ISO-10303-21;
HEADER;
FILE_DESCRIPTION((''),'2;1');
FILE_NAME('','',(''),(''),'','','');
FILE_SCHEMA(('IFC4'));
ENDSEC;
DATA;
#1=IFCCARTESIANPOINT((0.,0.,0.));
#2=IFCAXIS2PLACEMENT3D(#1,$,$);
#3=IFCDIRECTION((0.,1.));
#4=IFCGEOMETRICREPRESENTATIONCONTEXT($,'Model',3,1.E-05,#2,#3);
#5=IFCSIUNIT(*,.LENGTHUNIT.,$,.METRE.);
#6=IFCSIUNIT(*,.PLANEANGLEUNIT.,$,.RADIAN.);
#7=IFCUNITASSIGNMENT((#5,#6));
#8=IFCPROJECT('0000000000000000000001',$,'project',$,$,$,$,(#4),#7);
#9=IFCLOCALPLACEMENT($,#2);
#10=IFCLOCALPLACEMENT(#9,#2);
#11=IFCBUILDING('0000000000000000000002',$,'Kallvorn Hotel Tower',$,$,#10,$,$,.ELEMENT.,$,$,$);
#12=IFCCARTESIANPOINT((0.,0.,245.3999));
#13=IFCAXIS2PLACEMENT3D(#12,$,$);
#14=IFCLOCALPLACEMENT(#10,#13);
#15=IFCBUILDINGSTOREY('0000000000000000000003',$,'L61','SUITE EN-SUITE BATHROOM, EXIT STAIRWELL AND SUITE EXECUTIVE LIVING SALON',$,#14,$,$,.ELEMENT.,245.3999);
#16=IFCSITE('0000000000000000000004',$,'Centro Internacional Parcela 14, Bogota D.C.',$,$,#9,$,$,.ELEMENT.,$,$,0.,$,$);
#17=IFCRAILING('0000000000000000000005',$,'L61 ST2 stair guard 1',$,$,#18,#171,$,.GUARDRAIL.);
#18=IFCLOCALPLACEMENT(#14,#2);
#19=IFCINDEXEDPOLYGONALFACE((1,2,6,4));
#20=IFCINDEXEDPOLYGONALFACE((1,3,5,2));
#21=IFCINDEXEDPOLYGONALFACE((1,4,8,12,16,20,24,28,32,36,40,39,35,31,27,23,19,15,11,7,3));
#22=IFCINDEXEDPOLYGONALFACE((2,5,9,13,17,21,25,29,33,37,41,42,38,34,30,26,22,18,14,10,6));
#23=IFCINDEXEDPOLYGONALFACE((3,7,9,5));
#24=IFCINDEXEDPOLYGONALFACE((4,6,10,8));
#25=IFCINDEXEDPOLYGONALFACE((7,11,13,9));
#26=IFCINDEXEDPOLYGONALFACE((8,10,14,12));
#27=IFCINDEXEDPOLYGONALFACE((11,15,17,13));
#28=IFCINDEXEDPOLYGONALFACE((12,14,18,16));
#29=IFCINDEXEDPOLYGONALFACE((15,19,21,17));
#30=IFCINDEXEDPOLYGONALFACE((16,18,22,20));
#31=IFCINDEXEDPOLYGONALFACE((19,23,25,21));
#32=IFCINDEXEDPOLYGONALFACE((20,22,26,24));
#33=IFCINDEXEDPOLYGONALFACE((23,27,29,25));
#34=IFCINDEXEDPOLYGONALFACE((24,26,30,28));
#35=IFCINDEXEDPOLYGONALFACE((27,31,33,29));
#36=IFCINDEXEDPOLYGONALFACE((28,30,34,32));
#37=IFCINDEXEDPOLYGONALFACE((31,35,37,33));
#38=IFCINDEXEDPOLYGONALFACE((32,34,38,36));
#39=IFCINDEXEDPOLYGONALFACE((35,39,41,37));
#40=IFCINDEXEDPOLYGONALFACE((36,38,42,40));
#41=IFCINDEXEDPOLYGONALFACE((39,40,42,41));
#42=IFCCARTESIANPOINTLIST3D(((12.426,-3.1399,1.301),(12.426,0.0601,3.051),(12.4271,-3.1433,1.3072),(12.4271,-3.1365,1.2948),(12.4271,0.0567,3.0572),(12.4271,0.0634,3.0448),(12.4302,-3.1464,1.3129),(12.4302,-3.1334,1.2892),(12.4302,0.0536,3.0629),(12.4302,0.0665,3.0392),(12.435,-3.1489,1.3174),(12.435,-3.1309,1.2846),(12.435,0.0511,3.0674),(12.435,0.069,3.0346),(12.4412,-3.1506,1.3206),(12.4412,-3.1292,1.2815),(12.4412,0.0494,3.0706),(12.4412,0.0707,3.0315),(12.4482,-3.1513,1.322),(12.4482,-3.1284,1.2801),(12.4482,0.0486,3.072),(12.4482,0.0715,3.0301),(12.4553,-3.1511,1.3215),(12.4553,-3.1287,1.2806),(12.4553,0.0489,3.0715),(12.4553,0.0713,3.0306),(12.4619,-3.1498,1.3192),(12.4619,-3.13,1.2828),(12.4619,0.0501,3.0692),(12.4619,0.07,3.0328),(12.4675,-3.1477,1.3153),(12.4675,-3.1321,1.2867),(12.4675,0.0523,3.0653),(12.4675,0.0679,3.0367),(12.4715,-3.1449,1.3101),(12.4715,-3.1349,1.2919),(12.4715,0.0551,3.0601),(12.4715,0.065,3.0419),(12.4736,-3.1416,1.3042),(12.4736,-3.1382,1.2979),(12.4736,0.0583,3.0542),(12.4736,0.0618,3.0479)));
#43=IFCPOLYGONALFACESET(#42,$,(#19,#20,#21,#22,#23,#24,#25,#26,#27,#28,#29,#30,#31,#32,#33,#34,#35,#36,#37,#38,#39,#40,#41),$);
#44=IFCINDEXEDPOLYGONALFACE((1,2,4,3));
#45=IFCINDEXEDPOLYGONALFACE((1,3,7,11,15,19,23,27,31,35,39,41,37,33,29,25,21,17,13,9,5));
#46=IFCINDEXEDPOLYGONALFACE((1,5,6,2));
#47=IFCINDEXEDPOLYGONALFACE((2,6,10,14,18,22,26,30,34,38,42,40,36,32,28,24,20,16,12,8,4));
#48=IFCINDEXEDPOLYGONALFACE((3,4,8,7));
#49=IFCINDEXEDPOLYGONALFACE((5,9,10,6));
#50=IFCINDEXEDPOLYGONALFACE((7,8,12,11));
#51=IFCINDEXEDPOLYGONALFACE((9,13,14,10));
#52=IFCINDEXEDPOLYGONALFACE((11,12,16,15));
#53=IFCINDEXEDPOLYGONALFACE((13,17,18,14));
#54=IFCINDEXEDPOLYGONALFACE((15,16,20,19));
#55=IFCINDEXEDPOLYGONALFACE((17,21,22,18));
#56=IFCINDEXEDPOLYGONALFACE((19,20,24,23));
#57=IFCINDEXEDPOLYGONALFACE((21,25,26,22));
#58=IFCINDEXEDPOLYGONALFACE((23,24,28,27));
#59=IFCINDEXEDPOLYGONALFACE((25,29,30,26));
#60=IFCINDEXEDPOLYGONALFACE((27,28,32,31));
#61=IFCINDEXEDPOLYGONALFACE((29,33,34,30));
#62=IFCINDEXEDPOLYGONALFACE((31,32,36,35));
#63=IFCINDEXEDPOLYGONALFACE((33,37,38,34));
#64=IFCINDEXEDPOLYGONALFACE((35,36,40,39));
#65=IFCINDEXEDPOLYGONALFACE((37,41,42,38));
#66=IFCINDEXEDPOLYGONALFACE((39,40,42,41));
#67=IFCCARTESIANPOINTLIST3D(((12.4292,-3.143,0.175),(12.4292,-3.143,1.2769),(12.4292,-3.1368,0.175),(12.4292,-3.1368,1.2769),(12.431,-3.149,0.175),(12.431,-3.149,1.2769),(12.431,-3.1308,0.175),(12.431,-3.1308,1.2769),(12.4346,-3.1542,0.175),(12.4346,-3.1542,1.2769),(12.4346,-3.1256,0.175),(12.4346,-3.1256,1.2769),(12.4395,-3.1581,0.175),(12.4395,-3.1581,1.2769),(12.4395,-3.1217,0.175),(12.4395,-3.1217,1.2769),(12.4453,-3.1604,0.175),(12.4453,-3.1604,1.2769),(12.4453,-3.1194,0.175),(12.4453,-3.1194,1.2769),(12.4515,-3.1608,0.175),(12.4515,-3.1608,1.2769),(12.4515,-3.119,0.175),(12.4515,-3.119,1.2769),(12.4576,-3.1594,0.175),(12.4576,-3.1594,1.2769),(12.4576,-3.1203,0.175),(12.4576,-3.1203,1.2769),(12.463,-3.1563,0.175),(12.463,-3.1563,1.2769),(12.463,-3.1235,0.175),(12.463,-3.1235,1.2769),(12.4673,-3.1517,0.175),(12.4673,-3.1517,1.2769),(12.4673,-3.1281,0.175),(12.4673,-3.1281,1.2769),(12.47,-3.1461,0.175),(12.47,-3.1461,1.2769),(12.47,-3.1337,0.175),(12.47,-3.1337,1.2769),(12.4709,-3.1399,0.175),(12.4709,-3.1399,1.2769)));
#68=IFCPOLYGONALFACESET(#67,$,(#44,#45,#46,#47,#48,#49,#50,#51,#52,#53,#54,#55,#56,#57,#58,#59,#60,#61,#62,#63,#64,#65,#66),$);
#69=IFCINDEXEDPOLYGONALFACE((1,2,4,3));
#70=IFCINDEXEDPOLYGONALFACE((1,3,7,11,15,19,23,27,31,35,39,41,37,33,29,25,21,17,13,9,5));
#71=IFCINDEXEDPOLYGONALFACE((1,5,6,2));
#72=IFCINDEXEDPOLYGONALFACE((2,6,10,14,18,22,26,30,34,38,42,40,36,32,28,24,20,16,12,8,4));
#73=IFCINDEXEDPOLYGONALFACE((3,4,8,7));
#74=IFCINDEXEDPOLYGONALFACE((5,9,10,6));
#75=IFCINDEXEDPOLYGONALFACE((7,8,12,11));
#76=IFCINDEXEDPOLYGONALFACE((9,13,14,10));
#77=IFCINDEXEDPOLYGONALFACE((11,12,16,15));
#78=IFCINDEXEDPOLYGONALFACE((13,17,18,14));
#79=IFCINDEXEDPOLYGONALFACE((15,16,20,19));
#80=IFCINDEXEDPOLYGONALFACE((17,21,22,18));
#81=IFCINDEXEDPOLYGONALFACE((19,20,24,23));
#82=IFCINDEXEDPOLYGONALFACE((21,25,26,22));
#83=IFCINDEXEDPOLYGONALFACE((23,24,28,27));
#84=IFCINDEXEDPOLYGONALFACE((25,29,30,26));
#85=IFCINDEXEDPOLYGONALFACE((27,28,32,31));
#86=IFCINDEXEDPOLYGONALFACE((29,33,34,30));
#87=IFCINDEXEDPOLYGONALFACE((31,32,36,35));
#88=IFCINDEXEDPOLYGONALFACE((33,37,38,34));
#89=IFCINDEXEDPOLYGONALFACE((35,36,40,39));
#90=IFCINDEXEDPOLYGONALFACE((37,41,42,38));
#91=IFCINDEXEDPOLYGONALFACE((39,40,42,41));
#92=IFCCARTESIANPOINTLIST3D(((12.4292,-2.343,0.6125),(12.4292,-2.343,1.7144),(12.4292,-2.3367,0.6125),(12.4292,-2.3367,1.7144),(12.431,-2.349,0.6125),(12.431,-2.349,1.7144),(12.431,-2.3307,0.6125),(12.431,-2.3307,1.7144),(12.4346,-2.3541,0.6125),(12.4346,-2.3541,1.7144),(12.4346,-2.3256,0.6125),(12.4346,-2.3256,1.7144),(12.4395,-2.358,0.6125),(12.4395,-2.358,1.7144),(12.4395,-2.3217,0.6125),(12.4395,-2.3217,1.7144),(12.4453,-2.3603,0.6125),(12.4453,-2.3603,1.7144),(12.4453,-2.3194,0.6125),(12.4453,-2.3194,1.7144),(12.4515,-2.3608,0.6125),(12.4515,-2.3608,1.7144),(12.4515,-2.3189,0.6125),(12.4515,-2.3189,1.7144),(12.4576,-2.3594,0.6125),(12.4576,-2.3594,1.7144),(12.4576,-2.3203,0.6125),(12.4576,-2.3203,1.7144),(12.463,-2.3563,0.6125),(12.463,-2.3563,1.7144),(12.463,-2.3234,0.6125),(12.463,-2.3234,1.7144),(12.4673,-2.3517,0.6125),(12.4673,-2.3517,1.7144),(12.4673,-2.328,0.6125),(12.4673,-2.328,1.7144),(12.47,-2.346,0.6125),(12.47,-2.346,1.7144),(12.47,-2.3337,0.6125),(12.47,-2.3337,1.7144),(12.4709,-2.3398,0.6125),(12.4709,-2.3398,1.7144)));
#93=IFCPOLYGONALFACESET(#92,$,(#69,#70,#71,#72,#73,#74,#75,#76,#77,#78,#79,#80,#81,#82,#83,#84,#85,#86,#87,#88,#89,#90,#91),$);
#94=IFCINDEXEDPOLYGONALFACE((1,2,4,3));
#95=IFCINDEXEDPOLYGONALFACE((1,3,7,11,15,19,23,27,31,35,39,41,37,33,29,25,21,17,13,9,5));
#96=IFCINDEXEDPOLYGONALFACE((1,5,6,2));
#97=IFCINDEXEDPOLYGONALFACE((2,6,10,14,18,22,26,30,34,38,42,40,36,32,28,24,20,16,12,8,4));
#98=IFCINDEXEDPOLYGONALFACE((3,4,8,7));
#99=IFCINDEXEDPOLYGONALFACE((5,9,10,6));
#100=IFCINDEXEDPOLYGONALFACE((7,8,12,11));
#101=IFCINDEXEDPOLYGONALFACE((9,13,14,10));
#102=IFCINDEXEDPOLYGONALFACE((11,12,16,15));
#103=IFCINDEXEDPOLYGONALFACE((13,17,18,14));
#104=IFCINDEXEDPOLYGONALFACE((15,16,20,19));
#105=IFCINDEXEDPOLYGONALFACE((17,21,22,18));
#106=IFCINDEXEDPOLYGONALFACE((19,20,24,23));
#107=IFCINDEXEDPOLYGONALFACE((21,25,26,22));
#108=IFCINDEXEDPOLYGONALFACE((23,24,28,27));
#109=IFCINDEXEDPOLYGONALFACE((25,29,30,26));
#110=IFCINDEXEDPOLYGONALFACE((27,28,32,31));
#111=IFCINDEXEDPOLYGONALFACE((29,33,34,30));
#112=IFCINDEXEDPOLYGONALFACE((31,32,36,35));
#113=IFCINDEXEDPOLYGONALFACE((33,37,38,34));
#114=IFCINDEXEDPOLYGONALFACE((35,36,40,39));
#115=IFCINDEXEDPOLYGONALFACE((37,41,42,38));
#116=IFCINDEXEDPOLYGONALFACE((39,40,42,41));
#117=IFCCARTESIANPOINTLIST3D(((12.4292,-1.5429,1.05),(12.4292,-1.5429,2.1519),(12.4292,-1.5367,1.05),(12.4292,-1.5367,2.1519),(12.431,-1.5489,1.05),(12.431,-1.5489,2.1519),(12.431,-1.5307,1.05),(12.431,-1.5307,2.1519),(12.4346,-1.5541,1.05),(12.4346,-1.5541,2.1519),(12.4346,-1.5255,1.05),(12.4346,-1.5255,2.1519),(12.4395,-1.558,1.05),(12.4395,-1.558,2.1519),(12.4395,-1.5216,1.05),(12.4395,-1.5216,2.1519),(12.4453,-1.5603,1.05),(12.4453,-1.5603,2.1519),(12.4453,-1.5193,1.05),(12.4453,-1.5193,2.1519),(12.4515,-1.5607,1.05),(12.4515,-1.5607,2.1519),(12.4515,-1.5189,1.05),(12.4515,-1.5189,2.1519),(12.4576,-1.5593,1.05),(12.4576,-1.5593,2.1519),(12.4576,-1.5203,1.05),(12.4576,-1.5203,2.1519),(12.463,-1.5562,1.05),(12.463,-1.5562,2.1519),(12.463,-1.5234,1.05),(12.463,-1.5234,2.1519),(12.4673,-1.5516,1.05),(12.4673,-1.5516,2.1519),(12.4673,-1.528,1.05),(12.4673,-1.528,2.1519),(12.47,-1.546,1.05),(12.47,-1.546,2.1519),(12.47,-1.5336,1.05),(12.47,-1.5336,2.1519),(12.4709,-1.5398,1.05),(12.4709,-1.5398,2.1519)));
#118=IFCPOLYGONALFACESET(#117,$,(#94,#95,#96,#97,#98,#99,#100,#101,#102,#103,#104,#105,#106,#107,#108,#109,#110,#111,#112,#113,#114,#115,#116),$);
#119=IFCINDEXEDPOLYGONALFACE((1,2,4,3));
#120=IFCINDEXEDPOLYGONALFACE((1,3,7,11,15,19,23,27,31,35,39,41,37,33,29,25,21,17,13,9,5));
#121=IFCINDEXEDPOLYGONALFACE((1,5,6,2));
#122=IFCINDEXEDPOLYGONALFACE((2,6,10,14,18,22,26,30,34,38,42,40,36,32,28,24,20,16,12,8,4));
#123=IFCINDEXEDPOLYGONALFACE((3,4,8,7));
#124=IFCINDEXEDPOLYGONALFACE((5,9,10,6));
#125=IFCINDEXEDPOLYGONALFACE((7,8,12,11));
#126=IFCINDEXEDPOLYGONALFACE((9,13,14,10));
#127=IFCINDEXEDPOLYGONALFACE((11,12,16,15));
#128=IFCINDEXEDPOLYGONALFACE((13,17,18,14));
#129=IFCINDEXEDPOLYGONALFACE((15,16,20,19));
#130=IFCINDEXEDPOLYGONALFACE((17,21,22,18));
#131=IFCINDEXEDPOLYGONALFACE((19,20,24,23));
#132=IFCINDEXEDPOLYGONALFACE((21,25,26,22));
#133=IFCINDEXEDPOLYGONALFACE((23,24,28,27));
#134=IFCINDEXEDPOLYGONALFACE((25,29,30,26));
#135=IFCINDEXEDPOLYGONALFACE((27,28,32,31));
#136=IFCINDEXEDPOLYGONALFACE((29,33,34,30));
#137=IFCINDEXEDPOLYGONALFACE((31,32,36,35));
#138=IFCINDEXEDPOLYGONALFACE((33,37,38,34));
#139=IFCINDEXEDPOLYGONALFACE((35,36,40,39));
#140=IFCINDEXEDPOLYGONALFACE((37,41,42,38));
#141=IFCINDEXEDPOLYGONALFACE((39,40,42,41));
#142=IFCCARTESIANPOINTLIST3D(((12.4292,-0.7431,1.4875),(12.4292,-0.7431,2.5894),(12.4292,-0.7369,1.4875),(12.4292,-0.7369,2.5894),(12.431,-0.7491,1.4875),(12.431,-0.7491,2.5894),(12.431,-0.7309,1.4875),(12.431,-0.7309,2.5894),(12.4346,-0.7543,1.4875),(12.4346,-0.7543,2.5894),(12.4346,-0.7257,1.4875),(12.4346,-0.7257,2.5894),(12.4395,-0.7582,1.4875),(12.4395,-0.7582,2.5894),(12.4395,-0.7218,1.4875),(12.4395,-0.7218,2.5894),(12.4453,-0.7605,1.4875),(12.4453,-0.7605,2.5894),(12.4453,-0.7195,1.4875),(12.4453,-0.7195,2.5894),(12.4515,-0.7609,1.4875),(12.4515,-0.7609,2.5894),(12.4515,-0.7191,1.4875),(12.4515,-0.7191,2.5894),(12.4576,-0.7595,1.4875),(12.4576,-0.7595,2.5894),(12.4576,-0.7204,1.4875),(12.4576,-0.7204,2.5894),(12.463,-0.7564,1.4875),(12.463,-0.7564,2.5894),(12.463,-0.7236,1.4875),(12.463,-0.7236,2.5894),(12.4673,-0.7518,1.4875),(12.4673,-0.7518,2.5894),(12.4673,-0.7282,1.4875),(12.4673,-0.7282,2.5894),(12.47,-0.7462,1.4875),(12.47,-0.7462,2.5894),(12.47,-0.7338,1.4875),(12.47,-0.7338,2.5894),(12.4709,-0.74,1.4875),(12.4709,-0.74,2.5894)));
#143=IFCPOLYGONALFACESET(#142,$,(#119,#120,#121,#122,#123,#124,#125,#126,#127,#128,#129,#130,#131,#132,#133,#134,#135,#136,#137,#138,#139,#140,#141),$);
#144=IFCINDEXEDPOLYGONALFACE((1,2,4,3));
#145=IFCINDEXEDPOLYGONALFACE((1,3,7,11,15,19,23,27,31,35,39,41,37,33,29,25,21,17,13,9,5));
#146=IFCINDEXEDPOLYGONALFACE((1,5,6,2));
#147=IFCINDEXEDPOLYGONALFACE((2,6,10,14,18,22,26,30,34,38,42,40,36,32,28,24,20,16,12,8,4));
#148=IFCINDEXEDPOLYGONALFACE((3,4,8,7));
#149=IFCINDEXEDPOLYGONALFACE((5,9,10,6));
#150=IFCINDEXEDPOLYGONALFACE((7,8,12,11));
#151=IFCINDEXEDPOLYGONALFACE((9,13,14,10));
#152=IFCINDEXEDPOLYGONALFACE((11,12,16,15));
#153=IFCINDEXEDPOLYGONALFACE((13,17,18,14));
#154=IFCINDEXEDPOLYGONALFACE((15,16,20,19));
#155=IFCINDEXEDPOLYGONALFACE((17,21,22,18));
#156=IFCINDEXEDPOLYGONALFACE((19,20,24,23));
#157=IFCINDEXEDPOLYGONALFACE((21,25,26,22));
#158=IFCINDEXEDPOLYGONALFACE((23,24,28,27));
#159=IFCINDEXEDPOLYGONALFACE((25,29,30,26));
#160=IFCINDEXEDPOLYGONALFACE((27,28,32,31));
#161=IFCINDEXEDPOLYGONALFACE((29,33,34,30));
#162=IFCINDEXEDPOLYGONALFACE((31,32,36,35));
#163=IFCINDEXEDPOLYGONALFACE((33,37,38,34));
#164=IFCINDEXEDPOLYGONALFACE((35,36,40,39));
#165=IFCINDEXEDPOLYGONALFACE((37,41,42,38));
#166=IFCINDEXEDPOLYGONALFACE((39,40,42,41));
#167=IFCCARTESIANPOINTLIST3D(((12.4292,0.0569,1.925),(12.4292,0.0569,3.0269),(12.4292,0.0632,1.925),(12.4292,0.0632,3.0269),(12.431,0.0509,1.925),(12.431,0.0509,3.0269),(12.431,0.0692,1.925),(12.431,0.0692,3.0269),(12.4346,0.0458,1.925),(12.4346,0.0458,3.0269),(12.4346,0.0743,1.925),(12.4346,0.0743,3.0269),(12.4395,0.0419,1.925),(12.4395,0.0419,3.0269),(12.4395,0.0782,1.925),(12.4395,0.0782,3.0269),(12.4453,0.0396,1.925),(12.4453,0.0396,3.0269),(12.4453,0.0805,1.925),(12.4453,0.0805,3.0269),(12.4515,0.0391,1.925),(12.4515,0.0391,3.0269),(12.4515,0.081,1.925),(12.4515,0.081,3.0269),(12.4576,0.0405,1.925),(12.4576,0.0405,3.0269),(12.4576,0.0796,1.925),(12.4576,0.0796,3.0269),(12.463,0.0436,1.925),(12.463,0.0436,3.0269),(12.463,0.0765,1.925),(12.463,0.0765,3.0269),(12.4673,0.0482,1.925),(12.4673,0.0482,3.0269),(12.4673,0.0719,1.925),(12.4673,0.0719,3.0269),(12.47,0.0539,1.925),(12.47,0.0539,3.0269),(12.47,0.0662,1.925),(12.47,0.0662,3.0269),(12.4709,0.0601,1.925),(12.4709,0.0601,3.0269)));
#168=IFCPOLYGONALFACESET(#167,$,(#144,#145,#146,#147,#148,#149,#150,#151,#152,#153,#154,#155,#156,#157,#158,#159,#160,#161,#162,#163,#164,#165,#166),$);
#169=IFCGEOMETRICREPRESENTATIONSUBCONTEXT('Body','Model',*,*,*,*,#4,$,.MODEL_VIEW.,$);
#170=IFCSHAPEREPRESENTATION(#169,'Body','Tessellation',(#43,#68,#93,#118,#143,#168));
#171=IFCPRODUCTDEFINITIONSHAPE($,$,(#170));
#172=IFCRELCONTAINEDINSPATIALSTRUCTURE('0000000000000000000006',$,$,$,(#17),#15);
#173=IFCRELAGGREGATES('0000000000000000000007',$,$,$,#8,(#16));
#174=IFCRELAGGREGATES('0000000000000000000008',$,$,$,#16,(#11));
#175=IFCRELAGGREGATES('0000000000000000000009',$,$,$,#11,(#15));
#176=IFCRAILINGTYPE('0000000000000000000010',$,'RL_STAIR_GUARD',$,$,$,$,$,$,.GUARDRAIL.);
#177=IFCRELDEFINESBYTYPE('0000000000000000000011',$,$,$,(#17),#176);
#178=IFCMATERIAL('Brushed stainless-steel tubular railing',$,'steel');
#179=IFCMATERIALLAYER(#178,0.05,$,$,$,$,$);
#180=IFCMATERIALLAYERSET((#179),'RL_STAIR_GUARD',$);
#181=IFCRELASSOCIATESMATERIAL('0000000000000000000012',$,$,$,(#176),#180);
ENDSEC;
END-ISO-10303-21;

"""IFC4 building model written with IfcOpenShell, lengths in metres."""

from ifc_helpers import new_model, si_unit, direction, frame, origin, origin_2d, place, context, subcontext, project, spatial, circle, extrude, material, layer, layer_set, type_object, element, save


model = new_model("IFC4")

# Units and contexts
model_context = context("Model", 3, precision=1e-05, world=origin(), true_north=direction((0.0, 1.0)))
body_context = subcontext(model_context, "Body", "Model", "MODEL_VIEW")
ifc_project = project(units=[si_unit("LENGTHUNIT", "METRE"), si_unit("PLANEANGLEUNIT", "RADIAN")], contexts=[model_context])

# Site, building, storey
site_placement = place(None, origin())
site = spatial("IfcSite", under=ifc_project, at=site_placement, Name="Centro Internacional Parcela 14, Bogota D.C.", CompositionType="ELEMENT", RefElevation=0.0)
building_placement = place(site_placement, origin())
building = spatial("IfcBuilding", under=site, at=building_placement, Name="Kallvorn Hotel Tower", CompositionType="ELEMENT")
storey_placement = place(building_placement, frame((0.0, 0.0, 245.3999)))
storey = spatial("IfcBuildingStorey", under=building, at=storey_placement, Name="L61", Description="SUITE EN-SUITE BATHROOM, EXIT STAIRWELL AND SUITE EXECUTIVE LIVING SALON", CompositionType="ELEMENT", Elevation=245.3999)

# Railing
ifc_material_1 = material(Name="Brushed stainless-steel tubular railing", Category="steel")
ifc_layer_1 = layer(ifc_material_1, 0.05)
ifc_layer_set_1 = layer_set([ifc_layer_1], Name="RL_STAIR_GUARD")
railing_type_1 = type_object("IfcRailingType", Name="RL_STAIR_GUARD", PredefinedType="GUARDRAIL", material=ifc_layer_set_1)
railing_1_placement = place(storey_placement, frame((12.45, -3.1399, 0.175)))
element("IfcRailing", 1, at=railing_1_placement, inside=storey, type_object=railing_type_1, Name="L61 ST2 stair guard 1", PredefinedType="GUARDRAIL", context=body_context, shape_type="SweptSolid", body=[
    extrude(circle(Radius=0.0239, at=origin_2d()), frame((0.0, 0.0, 1.126), z_axis=(0.0, 0.877368, 0.479818), x_axis=(-1.0, 0.0, 0.0)), (0.0, 0.0, 1.0), 3.6472),
    extrude(circle(Radius=0.021, at=origin_2d()), origin(), (0.0, 0.0, 1.0), 1.1018),
    extrude(circle(Radius=0.021, at=origin_2d()), frame((0.0, 0.8, 0.4375)), (0.0, 0.0, 1.0), 1.1018),
    extrude(circle(Radius=0.021, at=origin_2d()), frame((0.0, 1.6001, 0.875)), (0.0, 0.0, 1.0), 1.1018),
    extrude(circle(Radius=0.021, at=origin_2d()), frame((0.0, 2.3999, 1.3125)), (0.0, 0.0, 1.0), 1.1018),
    extrude(circle(Radius=0.021, at=origin_2d()), frame((0.0, 3.2, 1.75)), (0.0, 0.0, 1.0), 1.1018),
])

save(model, "model.ifc")
